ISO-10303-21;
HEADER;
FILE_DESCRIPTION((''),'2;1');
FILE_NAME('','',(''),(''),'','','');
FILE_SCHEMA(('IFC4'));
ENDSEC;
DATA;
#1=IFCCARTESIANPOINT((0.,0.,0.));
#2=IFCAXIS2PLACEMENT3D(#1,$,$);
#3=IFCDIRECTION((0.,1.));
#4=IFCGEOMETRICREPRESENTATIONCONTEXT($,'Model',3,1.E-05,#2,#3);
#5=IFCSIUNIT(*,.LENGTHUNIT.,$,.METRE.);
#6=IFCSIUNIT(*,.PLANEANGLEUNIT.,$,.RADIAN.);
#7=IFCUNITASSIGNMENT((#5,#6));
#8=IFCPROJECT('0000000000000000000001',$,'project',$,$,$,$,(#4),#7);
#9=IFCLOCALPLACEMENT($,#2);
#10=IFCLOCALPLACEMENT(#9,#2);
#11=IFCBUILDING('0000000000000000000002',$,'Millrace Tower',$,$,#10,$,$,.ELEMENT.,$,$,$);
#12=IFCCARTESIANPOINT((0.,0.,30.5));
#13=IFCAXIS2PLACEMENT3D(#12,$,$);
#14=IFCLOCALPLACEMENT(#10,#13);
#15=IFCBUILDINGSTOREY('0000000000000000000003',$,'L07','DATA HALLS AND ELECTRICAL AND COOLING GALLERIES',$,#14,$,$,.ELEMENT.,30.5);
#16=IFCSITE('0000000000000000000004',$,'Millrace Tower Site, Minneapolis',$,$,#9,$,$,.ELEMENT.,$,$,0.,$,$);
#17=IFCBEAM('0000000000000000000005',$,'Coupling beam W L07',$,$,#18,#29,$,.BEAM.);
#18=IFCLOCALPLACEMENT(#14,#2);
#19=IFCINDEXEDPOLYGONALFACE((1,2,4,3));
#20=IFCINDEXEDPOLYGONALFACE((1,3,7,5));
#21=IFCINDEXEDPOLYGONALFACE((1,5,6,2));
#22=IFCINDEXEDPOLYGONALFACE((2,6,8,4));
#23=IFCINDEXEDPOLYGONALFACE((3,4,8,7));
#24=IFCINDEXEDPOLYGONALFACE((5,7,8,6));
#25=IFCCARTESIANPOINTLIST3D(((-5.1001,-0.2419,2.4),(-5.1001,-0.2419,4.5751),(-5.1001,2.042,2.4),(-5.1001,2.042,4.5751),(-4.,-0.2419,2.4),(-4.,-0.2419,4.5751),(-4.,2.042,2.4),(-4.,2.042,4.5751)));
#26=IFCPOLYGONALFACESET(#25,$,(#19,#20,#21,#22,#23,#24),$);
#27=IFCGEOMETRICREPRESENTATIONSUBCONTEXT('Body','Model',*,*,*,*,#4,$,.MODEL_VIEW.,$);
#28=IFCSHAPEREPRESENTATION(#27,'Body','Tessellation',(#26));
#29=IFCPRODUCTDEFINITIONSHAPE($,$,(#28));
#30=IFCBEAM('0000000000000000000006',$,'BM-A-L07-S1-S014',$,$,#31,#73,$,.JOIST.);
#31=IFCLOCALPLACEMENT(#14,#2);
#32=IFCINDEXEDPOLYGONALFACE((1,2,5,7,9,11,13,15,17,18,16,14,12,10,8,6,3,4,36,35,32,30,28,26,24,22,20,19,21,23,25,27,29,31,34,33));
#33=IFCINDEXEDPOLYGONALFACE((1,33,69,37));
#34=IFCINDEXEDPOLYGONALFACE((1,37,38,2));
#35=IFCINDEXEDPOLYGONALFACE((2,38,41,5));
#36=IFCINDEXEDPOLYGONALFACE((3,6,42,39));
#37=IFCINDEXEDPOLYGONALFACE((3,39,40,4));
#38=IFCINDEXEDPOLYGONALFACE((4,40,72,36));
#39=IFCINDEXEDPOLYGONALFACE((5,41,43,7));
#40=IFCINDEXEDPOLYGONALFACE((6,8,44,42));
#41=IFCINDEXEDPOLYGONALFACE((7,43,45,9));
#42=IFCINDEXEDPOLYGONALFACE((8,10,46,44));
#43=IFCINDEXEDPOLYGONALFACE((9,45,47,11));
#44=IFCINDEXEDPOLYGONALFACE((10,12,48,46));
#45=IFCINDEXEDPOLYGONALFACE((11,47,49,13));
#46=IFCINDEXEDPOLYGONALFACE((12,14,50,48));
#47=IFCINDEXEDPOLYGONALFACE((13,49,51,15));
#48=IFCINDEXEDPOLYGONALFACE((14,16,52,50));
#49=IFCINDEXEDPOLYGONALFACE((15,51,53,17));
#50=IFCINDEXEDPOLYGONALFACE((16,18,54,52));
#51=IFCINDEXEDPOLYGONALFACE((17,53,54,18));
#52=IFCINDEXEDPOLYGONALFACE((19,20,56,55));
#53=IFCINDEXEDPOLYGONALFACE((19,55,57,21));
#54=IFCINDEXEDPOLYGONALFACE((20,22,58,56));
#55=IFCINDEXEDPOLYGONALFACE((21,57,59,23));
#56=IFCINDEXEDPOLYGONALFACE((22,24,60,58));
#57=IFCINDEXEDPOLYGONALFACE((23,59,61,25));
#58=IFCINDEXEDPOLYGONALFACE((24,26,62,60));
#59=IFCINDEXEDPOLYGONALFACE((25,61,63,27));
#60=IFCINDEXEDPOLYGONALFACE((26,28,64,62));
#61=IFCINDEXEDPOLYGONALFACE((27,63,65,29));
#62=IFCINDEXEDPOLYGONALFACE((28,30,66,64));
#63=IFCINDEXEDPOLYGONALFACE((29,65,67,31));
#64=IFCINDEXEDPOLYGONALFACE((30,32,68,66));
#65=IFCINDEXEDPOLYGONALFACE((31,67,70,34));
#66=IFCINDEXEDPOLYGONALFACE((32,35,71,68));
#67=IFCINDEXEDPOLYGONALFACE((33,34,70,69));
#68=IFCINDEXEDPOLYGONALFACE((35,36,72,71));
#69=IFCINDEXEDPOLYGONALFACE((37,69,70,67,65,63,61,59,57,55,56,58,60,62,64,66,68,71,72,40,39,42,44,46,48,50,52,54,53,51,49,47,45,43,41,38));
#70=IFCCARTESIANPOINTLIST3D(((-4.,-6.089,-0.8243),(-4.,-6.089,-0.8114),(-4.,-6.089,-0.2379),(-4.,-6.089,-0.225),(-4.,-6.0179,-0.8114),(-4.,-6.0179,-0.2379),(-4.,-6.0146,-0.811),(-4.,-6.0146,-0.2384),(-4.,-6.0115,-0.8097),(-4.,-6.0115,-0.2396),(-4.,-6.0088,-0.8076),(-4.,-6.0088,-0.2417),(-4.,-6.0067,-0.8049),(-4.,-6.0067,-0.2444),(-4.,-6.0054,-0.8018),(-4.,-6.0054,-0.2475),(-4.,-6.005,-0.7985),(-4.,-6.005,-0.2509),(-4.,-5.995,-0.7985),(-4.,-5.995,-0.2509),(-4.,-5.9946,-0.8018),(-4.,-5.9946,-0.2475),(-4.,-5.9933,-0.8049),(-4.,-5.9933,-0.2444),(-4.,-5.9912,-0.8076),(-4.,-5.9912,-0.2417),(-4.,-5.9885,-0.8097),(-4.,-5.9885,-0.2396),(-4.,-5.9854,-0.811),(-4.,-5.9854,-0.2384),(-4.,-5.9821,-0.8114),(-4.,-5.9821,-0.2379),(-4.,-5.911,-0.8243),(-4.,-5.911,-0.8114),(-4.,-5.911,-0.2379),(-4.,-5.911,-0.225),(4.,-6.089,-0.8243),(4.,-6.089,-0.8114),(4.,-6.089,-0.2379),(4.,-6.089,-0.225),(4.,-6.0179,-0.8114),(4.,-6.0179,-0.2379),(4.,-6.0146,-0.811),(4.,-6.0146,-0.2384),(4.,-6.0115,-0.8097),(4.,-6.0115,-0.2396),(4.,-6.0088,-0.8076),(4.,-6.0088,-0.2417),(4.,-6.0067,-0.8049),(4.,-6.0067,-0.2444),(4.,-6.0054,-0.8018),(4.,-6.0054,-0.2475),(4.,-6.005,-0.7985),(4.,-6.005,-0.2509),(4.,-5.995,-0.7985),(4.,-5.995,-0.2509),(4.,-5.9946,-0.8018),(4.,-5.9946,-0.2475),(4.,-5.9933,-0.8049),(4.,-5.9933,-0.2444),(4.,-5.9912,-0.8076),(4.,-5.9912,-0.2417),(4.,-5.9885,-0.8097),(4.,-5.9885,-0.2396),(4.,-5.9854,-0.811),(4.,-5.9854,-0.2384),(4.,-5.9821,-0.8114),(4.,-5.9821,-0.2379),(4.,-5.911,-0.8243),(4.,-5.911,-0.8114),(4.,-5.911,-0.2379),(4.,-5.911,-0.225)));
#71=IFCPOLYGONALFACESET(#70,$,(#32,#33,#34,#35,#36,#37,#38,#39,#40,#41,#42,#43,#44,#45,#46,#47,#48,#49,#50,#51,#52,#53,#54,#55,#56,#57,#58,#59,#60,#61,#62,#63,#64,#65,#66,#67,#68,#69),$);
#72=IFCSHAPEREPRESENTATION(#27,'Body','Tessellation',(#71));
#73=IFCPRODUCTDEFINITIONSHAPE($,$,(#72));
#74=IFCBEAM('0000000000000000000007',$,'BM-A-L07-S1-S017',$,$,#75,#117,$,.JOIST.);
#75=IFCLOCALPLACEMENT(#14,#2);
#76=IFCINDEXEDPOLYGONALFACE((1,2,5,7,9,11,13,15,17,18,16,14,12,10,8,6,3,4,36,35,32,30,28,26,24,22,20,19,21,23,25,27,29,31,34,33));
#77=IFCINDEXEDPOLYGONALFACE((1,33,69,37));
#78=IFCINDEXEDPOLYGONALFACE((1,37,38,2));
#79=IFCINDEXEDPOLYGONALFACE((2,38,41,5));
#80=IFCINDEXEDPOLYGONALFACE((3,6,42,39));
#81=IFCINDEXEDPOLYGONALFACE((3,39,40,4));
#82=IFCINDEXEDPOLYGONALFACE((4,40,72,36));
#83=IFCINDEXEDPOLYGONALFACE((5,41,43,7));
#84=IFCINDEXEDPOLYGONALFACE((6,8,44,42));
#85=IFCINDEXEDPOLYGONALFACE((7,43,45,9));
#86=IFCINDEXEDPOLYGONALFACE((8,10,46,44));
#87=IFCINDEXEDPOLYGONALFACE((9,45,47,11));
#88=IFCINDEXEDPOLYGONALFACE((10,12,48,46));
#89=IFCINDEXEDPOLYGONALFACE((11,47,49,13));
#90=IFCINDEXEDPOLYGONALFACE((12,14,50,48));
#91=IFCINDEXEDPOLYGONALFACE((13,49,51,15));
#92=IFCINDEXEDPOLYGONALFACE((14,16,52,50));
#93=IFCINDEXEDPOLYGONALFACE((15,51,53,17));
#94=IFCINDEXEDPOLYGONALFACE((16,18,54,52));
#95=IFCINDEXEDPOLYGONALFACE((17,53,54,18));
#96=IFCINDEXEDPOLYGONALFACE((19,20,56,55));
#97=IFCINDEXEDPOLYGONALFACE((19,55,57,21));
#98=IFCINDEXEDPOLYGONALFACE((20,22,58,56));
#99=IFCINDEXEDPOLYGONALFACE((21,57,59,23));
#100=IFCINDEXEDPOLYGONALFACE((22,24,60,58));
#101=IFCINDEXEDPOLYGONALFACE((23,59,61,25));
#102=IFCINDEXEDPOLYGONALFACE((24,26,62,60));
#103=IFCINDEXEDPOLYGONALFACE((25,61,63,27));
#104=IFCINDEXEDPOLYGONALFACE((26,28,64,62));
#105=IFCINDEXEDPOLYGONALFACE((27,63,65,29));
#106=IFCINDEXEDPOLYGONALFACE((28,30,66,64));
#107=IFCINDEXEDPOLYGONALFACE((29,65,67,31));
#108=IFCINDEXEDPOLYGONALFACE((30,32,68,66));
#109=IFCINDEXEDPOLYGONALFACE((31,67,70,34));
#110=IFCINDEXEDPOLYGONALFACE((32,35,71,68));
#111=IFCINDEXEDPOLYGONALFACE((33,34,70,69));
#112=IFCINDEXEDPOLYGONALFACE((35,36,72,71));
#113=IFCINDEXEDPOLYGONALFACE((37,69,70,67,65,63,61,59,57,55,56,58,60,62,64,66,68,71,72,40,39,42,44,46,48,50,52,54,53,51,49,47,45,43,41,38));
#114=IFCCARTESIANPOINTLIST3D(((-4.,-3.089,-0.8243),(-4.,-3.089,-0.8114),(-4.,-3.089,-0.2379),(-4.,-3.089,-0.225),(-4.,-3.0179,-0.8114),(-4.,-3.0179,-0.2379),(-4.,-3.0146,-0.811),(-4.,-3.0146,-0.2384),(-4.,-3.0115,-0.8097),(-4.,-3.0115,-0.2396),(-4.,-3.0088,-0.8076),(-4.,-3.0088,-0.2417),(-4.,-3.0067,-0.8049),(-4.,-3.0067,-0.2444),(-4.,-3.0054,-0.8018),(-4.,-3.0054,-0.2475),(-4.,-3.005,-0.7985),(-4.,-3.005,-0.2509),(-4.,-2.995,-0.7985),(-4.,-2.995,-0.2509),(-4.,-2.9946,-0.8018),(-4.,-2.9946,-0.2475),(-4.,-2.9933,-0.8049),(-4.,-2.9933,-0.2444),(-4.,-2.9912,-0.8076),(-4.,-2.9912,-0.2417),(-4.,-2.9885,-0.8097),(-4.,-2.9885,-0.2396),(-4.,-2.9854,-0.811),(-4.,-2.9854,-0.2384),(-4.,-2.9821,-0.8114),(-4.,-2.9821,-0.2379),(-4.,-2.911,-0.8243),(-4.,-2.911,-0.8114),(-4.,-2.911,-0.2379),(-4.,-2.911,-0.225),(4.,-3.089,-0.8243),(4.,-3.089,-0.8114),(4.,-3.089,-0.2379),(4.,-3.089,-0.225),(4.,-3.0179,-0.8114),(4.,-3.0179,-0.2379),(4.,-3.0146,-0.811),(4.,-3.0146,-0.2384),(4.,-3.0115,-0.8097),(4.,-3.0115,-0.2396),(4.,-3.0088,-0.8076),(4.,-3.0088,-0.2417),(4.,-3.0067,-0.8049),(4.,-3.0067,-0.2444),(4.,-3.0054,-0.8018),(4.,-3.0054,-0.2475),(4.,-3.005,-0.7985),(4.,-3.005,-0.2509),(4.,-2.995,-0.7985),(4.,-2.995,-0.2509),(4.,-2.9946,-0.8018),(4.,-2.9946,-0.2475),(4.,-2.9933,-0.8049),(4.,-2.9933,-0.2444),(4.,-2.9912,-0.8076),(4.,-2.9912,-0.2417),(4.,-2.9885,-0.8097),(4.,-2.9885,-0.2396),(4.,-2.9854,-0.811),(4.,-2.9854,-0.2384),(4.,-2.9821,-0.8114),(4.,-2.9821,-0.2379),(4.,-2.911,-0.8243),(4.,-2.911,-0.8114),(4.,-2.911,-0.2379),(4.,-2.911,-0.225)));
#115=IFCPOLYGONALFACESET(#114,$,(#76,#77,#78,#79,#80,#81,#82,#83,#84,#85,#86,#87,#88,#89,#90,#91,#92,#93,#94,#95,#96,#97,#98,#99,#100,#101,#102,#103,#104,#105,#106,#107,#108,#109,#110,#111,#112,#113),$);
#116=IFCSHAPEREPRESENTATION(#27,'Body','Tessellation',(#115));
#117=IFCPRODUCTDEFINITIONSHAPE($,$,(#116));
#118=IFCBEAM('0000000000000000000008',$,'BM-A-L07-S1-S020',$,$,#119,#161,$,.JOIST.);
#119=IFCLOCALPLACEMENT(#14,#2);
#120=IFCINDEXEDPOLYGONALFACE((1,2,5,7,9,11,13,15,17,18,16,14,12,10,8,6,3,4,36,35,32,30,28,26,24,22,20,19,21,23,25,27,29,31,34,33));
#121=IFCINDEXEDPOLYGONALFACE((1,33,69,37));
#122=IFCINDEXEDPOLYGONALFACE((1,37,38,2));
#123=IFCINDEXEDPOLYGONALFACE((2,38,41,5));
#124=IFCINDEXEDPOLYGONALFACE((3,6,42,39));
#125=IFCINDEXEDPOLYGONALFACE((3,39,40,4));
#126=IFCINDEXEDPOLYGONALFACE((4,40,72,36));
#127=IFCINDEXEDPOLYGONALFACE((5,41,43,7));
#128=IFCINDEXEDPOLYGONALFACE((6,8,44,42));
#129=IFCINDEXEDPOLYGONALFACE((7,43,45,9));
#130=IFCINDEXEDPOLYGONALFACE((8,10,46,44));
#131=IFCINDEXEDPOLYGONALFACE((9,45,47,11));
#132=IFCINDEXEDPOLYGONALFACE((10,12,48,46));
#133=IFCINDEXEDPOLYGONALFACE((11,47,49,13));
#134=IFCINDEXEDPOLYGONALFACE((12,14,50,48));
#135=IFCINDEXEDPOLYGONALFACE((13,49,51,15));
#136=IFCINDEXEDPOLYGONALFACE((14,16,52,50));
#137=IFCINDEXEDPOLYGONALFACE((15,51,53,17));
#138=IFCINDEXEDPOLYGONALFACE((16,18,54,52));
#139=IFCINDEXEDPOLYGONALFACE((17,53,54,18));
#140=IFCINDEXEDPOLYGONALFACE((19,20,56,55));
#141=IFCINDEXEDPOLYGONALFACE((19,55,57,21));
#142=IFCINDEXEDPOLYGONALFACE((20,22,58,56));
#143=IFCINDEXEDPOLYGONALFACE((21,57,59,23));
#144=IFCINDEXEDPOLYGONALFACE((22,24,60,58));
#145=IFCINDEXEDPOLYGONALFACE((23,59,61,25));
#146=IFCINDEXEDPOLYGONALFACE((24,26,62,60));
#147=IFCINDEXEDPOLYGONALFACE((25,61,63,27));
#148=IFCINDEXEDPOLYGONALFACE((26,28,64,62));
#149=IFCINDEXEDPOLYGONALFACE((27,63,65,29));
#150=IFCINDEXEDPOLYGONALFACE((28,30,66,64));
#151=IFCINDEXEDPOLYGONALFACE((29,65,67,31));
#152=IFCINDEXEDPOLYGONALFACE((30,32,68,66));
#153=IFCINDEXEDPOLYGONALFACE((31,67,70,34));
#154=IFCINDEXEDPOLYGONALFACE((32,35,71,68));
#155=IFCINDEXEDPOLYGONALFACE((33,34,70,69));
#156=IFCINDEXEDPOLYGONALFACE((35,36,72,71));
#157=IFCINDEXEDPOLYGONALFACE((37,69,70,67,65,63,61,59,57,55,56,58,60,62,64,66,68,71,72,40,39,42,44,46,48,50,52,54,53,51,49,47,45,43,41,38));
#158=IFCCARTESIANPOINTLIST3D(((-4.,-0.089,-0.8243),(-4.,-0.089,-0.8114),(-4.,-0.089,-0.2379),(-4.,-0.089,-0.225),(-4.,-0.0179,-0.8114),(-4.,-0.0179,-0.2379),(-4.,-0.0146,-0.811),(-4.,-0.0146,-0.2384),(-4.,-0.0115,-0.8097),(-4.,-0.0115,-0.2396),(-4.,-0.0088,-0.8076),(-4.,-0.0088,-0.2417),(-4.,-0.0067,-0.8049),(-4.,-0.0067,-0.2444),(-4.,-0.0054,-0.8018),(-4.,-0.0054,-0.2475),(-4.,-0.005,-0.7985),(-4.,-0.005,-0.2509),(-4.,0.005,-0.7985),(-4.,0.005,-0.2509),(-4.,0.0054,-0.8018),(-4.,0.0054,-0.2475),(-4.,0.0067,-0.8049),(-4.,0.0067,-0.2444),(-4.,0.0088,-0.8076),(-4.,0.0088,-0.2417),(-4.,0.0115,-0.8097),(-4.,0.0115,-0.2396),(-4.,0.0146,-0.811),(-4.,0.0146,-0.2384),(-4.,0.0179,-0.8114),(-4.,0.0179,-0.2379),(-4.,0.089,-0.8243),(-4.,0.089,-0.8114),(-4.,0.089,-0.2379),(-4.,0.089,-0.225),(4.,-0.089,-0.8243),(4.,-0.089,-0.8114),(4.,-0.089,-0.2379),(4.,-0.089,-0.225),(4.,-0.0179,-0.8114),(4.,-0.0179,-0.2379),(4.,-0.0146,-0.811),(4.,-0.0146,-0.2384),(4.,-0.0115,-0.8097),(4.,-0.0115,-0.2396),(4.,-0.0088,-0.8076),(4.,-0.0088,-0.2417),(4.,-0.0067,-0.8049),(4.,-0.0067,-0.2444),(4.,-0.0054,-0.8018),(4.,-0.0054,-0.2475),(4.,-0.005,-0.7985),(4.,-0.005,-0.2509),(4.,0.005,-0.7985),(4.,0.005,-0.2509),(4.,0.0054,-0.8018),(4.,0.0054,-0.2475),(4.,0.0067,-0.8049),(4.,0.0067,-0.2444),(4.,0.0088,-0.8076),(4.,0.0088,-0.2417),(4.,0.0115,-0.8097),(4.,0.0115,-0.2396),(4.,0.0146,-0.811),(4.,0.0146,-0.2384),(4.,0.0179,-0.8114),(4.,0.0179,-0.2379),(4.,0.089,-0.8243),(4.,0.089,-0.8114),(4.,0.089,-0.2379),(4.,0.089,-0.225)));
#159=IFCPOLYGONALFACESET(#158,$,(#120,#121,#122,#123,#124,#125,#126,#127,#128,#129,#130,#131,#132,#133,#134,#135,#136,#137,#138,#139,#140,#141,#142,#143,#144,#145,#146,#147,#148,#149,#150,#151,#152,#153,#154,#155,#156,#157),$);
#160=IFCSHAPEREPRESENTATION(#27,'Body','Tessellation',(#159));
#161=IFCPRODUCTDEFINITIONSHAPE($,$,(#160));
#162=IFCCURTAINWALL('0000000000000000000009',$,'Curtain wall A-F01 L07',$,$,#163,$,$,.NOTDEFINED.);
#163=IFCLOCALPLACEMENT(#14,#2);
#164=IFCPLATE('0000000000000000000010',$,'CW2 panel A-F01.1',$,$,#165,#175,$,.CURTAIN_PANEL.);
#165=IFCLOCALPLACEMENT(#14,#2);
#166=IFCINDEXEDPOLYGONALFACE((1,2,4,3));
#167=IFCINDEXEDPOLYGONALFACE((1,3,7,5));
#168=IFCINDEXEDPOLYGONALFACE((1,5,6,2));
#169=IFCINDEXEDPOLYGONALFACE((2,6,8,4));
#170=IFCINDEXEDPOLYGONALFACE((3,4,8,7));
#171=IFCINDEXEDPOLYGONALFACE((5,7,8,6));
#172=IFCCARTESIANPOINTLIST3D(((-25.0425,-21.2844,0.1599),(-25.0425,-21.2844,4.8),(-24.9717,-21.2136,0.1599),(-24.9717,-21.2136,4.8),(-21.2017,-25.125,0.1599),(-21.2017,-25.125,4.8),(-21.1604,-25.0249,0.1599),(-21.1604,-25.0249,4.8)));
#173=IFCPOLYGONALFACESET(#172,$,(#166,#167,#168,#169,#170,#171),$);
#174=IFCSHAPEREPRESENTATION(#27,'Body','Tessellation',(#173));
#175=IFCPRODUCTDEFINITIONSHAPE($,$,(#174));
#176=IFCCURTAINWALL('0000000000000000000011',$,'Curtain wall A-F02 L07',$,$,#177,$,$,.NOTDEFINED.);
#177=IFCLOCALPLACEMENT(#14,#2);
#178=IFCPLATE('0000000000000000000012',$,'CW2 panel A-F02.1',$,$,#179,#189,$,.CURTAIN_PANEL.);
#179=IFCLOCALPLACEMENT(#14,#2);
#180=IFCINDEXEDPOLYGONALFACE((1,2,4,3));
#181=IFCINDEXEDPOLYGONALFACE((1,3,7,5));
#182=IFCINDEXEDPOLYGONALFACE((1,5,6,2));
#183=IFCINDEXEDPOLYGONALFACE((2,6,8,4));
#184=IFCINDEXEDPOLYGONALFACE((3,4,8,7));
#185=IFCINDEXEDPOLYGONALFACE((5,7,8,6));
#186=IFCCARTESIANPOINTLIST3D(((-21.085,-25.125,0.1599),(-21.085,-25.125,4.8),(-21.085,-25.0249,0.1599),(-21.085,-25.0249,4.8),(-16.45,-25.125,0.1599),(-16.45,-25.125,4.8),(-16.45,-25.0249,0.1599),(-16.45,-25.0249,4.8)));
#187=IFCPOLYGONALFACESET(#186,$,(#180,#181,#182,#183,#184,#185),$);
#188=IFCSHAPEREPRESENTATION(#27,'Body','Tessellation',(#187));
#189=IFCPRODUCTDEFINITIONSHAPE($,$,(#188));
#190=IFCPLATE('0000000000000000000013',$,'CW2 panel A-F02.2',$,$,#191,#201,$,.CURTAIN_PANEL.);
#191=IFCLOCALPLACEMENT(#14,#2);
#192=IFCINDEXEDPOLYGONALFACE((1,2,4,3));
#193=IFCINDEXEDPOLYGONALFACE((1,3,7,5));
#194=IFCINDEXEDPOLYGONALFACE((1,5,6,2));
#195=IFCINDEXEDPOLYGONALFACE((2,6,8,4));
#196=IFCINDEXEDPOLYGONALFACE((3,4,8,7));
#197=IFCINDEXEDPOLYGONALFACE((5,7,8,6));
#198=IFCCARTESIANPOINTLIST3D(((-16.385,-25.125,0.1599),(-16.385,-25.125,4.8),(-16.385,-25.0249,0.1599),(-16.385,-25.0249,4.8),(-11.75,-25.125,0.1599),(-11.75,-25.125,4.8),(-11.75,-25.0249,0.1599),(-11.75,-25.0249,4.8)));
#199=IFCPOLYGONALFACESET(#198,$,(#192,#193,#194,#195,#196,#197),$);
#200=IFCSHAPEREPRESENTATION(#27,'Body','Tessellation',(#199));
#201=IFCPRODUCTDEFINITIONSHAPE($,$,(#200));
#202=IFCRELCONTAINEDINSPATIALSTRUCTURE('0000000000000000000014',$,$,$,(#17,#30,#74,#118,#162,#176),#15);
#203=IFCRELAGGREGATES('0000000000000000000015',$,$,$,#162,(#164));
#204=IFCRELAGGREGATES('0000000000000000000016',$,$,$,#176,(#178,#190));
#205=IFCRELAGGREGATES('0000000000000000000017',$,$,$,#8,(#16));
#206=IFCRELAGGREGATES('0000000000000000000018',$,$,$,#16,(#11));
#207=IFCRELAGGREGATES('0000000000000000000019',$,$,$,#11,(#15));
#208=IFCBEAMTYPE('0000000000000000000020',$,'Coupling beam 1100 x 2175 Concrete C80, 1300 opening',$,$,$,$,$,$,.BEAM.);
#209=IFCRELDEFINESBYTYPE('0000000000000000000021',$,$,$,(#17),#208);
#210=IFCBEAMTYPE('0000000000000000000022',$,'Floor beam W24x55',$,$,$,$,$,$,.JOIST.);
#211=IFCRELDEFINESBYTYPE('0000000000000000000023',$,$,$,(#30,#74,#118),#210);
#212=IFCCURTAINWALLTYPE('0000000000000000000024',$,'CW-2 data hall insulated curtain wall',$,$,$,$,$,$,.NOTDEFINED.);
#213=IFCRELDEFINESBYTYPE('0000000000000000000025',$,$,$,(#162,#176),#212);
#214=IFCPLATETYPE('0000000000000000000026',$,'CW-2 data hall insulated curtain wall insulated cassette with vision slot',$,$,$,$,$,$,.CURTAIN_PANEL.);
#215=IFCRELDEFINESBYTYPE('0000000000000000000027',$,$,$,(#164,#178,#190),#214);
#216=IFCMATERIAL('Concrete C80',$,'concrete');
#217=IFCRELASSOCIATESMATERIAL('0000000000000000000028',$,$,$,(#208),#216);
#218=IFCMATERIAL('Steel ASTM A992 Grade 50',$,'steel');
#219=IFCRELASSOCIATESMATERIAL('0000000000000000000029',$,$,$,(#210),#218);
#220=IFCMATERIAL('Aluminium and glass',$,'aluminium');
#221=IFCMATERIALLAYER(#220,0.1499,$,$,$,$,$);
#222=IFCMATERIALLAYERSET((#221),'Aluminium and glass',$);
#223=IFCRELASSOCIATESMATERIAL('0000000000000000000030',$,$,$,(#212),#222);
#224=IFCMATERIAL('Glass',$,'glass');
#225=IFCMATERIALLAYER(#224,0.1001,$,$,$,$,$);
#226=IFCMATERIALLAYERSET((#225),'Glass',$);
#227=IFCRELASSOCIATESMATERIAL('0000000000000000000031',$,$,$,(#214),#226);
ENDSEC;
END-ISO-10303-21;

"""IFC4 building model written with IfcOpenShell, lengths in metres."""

from ifc_helpers import new_model, si_unit, direction, frame, origin, origin_2d, place, context, subcontext, project, spatial, polyline, rectangle, i_section, outline, extrude, material, layer, layer_set, material_profile, profile_set, type_object, element, aggregate, save


model = new_model("IFC4")

# Units and contexts
model_context = context("Model", 3, precision=1e-05, world=origin(), true_north=direction((0.0, 1.0)))
body_context = subcontext(model_context, "Body", "Model", "MODEL_VIEW")
ifc_project = project(units=[si_unit("LENGTHUNIT", "METRE"), si_unit("PLANEANGLEUNIT", "RADIAN")], contexts=[model_context])

# Site, building, storey
site_placement = place(None, origin())
site = spatial("IfcSite", under=ifc_project, at=site_placement, Name="Millrace Tower Site, Minneapolis", CompositionType="ELEMENT", RefElevation=0.0)
building_placement = place(site_placement, origin())
building = spatial("IfcBuilding", under=site, at=building_placement, Name="Millrace Tower", CompositionType="ELEMENT")
storey_placement = place(building_placement, frame((0.0, 0.0, 30.5)))
storey = spatial("IfcBuildingStorey", under=building, at=storey_placement, Name="L07", Description="DATA HALLS AND ELECTRICAL AND COOLING GALLERIES", CompositionType="ELEMENT", Elevation=30.5)

# Beams
ifc_material_1 = material(Name="Concrete C80", Category="concrete")
ifc_material_profile_1 = material_profile(ifc_material_1, rectangle(XDim=1.1001, YDim=2.175, at=origin_2d()))
ifc_profile_set_1 = profile_set([ifc_material_profile_1], Name="Concrete C80")
beam_type_1 = type_object("IfcBeamType", Name="Coupling beam 1100 x 2175 Concrete C80, 1300 opening", PredefinedType="BEAM", material=ifc_profile_set_1)
beam_placement = place(storey_placement, frame((-4.55, -0.2419, 3.4875), z_axis=(0.0, 1.0, 0.0), x_axis=(-1.0, 0.0, 0.0)))
element("IfcBeam", 1, at=beam_placement, inside=storey, type_object=beam_type_1, Name="Coupling beam W L07", PredefinedType="BEAM", context=body_context, shape_type="SweptSolid", body=[
    extrude(rectangle(XDim=1.1001, YDim=2.175, at=origin_2d()), origin(), (0.0, 0.0, 1.0), 2.2839),
])
ifc_material_2 = material(Name="Steel ASTM A992 Grade 50", Category="steel")
ifc_material_profile_2 = material_profile(ifc_material_2, i_section(OverallWidth=0.178, OverallDepth=0.5994, WebThickness=0.01, FlangeThickness=0.0129, FilletRadius=0.0129, at=origin_2d()))
ifc_profile_set_2 = profile_set([ifc_material_profile_2], Name="Steel ASTM A992 Grade 50")
beam_type_2 = type_object("IfcBeamType", Name="Floor beam W24x55", PredefinedType="JOIST", material=ifc_profile_set_2)
for number, where, z_axis, x_axis, name in (
    (2, (-4.0, -6.0, -0.5247), (1.0, 0.0, 0.0), (0.0, 1.0, 0.0), "BM-A-L07-S1-S014"),
    (3, (-4.0, -3.0, -0.5247), (1.0, 0.0, 0.0), (0.0, 1.0, 0.0), "BM-A-L07-S1-S017"),
    (4, (-4.0, 0.0, -0.5247), (1.0, 0.0, 0.0), (0.0, 1.0, 0.0), "BM-A-L07-S1-S020"),
):
    element("IfcBeam", number, at=place(storey_placement, frame(where, z_axis=z_axis, x_axis=x_axis)), inside=storey, type_object=beam_type_2, Name=name, PredefinedType="JOIST", context=body_context, shape_type="SweptSolid", body=[
        extrude(i_section(OverallWidth=0.178, OverallDepth=0.5994, WebThickness=0.01, FlangeThickness=0.0129, FilletRadius=0.0129, at=origin_2d()), origin(), (0.0, 0.0, 1.0), 8.0),
    ])

# Curtain wall, plate
ifc_material_3 = material(Name="Aluminium and glass", Category="aluminium")
ifc_layer_1 = layer(ifc_material_3, 0.1499)
ifc_layer_set_1 = layer_set([ifc_layer_1], Name="Aluminium and glass")
curtain_wall_type = type_object("IfcCurtainWallType", Name="CW-2 data hall insulated curtain wall", PredefinedType="NOTDEFINED", material=ifc_layer_set_1)
placement_1 = place(storey_placement, origin())
curtain_wall_1 = element("IfcCurtainWall", 5, at=placement_1, inside=storey, type_object=curtain_wall_type, Name="Curtain wall A-F01 L07", PredefinedType="NOTDEFINED")
ifc_material_4 = material(Name="Glass", Category="glass")
ifc_layer_2 = layer(ifc_material_4, 0.1001)
ifc_layer_set_2 = layer_set([ifc_layer_2], Name="Glass")
plate_type = type_object("IfcPlateType", Name="CW-2 data hall insulated curtain wall insulated cassette with vision slot", PredefinedType="CURTAIN_PANEL", material=ifc_layer_set_2)
placement_2 = place(storey_placement, frame((0.0, 0.0, 0.1599)))
plate_1 = element("IfcPlate", 6, at=placement_2, type_object=plate_type, Name="CW2 panel A-F01.1", PredefinedType="CURTAIN_PANEL", context=body_context, shape_type="SweptSolid", body=[
    extrude(outline(polyline([(-25.0425, -21.2844), (-21.2017, -25.125), (-21.1604, -25.0249), (-24.9717, -21.2136), (-25.0425, -21.2844)])), origin(), (0.0, 0.0, 1.0), 4.6401),
])
aggregate(curtain_wall_1, [plate_1])

# Curtain wall, plates
curtain_wall_2 = element("IfcCurtainWall", 7, at=placement_1, inside=storey, type_object=curtain_wall_type, Name="Curtain wall A-F02 L07", PredefinedType="NOTDEFINED")
plate_2 = element("IfcPlate", 8, at=placement_2, type_object=plate_type, Name="CW2 panel A-F02.1", PredefinedType="CURTAIN_PANEL", context=body_context, shape_type="SweptSolid", body=[
    extrude(outline(polyline([(-21.085, -25.125), (-16.45, -25.125), (-16.45, -25.0249), (-21.085, -25.0249), (-21.085, -25.125)])), origin(), (0.0, 0.0, 1.0), 4.6401),
])
plate_3 = element("IfcPlate", 9, at=placement_2, type_object=plate_type, Name="CW2 panel A-F02.2", PredefinedType="CURTAIN_PANEL", context=body_context, shape_type="SweptSolid", body=[
    extrude(outline(polyline([(-16.385, -25.125), (-11.75, -25.125), (-11.75, -25.0249), (-16.385, -25.0249), (-16.385, -25.125)])), origin(), (0.0, 0.0, 1.0), 4.6401),
])
aggregate(curtain_wall_2, [plate_2, plate_3])

save(model, "model.ifc")
